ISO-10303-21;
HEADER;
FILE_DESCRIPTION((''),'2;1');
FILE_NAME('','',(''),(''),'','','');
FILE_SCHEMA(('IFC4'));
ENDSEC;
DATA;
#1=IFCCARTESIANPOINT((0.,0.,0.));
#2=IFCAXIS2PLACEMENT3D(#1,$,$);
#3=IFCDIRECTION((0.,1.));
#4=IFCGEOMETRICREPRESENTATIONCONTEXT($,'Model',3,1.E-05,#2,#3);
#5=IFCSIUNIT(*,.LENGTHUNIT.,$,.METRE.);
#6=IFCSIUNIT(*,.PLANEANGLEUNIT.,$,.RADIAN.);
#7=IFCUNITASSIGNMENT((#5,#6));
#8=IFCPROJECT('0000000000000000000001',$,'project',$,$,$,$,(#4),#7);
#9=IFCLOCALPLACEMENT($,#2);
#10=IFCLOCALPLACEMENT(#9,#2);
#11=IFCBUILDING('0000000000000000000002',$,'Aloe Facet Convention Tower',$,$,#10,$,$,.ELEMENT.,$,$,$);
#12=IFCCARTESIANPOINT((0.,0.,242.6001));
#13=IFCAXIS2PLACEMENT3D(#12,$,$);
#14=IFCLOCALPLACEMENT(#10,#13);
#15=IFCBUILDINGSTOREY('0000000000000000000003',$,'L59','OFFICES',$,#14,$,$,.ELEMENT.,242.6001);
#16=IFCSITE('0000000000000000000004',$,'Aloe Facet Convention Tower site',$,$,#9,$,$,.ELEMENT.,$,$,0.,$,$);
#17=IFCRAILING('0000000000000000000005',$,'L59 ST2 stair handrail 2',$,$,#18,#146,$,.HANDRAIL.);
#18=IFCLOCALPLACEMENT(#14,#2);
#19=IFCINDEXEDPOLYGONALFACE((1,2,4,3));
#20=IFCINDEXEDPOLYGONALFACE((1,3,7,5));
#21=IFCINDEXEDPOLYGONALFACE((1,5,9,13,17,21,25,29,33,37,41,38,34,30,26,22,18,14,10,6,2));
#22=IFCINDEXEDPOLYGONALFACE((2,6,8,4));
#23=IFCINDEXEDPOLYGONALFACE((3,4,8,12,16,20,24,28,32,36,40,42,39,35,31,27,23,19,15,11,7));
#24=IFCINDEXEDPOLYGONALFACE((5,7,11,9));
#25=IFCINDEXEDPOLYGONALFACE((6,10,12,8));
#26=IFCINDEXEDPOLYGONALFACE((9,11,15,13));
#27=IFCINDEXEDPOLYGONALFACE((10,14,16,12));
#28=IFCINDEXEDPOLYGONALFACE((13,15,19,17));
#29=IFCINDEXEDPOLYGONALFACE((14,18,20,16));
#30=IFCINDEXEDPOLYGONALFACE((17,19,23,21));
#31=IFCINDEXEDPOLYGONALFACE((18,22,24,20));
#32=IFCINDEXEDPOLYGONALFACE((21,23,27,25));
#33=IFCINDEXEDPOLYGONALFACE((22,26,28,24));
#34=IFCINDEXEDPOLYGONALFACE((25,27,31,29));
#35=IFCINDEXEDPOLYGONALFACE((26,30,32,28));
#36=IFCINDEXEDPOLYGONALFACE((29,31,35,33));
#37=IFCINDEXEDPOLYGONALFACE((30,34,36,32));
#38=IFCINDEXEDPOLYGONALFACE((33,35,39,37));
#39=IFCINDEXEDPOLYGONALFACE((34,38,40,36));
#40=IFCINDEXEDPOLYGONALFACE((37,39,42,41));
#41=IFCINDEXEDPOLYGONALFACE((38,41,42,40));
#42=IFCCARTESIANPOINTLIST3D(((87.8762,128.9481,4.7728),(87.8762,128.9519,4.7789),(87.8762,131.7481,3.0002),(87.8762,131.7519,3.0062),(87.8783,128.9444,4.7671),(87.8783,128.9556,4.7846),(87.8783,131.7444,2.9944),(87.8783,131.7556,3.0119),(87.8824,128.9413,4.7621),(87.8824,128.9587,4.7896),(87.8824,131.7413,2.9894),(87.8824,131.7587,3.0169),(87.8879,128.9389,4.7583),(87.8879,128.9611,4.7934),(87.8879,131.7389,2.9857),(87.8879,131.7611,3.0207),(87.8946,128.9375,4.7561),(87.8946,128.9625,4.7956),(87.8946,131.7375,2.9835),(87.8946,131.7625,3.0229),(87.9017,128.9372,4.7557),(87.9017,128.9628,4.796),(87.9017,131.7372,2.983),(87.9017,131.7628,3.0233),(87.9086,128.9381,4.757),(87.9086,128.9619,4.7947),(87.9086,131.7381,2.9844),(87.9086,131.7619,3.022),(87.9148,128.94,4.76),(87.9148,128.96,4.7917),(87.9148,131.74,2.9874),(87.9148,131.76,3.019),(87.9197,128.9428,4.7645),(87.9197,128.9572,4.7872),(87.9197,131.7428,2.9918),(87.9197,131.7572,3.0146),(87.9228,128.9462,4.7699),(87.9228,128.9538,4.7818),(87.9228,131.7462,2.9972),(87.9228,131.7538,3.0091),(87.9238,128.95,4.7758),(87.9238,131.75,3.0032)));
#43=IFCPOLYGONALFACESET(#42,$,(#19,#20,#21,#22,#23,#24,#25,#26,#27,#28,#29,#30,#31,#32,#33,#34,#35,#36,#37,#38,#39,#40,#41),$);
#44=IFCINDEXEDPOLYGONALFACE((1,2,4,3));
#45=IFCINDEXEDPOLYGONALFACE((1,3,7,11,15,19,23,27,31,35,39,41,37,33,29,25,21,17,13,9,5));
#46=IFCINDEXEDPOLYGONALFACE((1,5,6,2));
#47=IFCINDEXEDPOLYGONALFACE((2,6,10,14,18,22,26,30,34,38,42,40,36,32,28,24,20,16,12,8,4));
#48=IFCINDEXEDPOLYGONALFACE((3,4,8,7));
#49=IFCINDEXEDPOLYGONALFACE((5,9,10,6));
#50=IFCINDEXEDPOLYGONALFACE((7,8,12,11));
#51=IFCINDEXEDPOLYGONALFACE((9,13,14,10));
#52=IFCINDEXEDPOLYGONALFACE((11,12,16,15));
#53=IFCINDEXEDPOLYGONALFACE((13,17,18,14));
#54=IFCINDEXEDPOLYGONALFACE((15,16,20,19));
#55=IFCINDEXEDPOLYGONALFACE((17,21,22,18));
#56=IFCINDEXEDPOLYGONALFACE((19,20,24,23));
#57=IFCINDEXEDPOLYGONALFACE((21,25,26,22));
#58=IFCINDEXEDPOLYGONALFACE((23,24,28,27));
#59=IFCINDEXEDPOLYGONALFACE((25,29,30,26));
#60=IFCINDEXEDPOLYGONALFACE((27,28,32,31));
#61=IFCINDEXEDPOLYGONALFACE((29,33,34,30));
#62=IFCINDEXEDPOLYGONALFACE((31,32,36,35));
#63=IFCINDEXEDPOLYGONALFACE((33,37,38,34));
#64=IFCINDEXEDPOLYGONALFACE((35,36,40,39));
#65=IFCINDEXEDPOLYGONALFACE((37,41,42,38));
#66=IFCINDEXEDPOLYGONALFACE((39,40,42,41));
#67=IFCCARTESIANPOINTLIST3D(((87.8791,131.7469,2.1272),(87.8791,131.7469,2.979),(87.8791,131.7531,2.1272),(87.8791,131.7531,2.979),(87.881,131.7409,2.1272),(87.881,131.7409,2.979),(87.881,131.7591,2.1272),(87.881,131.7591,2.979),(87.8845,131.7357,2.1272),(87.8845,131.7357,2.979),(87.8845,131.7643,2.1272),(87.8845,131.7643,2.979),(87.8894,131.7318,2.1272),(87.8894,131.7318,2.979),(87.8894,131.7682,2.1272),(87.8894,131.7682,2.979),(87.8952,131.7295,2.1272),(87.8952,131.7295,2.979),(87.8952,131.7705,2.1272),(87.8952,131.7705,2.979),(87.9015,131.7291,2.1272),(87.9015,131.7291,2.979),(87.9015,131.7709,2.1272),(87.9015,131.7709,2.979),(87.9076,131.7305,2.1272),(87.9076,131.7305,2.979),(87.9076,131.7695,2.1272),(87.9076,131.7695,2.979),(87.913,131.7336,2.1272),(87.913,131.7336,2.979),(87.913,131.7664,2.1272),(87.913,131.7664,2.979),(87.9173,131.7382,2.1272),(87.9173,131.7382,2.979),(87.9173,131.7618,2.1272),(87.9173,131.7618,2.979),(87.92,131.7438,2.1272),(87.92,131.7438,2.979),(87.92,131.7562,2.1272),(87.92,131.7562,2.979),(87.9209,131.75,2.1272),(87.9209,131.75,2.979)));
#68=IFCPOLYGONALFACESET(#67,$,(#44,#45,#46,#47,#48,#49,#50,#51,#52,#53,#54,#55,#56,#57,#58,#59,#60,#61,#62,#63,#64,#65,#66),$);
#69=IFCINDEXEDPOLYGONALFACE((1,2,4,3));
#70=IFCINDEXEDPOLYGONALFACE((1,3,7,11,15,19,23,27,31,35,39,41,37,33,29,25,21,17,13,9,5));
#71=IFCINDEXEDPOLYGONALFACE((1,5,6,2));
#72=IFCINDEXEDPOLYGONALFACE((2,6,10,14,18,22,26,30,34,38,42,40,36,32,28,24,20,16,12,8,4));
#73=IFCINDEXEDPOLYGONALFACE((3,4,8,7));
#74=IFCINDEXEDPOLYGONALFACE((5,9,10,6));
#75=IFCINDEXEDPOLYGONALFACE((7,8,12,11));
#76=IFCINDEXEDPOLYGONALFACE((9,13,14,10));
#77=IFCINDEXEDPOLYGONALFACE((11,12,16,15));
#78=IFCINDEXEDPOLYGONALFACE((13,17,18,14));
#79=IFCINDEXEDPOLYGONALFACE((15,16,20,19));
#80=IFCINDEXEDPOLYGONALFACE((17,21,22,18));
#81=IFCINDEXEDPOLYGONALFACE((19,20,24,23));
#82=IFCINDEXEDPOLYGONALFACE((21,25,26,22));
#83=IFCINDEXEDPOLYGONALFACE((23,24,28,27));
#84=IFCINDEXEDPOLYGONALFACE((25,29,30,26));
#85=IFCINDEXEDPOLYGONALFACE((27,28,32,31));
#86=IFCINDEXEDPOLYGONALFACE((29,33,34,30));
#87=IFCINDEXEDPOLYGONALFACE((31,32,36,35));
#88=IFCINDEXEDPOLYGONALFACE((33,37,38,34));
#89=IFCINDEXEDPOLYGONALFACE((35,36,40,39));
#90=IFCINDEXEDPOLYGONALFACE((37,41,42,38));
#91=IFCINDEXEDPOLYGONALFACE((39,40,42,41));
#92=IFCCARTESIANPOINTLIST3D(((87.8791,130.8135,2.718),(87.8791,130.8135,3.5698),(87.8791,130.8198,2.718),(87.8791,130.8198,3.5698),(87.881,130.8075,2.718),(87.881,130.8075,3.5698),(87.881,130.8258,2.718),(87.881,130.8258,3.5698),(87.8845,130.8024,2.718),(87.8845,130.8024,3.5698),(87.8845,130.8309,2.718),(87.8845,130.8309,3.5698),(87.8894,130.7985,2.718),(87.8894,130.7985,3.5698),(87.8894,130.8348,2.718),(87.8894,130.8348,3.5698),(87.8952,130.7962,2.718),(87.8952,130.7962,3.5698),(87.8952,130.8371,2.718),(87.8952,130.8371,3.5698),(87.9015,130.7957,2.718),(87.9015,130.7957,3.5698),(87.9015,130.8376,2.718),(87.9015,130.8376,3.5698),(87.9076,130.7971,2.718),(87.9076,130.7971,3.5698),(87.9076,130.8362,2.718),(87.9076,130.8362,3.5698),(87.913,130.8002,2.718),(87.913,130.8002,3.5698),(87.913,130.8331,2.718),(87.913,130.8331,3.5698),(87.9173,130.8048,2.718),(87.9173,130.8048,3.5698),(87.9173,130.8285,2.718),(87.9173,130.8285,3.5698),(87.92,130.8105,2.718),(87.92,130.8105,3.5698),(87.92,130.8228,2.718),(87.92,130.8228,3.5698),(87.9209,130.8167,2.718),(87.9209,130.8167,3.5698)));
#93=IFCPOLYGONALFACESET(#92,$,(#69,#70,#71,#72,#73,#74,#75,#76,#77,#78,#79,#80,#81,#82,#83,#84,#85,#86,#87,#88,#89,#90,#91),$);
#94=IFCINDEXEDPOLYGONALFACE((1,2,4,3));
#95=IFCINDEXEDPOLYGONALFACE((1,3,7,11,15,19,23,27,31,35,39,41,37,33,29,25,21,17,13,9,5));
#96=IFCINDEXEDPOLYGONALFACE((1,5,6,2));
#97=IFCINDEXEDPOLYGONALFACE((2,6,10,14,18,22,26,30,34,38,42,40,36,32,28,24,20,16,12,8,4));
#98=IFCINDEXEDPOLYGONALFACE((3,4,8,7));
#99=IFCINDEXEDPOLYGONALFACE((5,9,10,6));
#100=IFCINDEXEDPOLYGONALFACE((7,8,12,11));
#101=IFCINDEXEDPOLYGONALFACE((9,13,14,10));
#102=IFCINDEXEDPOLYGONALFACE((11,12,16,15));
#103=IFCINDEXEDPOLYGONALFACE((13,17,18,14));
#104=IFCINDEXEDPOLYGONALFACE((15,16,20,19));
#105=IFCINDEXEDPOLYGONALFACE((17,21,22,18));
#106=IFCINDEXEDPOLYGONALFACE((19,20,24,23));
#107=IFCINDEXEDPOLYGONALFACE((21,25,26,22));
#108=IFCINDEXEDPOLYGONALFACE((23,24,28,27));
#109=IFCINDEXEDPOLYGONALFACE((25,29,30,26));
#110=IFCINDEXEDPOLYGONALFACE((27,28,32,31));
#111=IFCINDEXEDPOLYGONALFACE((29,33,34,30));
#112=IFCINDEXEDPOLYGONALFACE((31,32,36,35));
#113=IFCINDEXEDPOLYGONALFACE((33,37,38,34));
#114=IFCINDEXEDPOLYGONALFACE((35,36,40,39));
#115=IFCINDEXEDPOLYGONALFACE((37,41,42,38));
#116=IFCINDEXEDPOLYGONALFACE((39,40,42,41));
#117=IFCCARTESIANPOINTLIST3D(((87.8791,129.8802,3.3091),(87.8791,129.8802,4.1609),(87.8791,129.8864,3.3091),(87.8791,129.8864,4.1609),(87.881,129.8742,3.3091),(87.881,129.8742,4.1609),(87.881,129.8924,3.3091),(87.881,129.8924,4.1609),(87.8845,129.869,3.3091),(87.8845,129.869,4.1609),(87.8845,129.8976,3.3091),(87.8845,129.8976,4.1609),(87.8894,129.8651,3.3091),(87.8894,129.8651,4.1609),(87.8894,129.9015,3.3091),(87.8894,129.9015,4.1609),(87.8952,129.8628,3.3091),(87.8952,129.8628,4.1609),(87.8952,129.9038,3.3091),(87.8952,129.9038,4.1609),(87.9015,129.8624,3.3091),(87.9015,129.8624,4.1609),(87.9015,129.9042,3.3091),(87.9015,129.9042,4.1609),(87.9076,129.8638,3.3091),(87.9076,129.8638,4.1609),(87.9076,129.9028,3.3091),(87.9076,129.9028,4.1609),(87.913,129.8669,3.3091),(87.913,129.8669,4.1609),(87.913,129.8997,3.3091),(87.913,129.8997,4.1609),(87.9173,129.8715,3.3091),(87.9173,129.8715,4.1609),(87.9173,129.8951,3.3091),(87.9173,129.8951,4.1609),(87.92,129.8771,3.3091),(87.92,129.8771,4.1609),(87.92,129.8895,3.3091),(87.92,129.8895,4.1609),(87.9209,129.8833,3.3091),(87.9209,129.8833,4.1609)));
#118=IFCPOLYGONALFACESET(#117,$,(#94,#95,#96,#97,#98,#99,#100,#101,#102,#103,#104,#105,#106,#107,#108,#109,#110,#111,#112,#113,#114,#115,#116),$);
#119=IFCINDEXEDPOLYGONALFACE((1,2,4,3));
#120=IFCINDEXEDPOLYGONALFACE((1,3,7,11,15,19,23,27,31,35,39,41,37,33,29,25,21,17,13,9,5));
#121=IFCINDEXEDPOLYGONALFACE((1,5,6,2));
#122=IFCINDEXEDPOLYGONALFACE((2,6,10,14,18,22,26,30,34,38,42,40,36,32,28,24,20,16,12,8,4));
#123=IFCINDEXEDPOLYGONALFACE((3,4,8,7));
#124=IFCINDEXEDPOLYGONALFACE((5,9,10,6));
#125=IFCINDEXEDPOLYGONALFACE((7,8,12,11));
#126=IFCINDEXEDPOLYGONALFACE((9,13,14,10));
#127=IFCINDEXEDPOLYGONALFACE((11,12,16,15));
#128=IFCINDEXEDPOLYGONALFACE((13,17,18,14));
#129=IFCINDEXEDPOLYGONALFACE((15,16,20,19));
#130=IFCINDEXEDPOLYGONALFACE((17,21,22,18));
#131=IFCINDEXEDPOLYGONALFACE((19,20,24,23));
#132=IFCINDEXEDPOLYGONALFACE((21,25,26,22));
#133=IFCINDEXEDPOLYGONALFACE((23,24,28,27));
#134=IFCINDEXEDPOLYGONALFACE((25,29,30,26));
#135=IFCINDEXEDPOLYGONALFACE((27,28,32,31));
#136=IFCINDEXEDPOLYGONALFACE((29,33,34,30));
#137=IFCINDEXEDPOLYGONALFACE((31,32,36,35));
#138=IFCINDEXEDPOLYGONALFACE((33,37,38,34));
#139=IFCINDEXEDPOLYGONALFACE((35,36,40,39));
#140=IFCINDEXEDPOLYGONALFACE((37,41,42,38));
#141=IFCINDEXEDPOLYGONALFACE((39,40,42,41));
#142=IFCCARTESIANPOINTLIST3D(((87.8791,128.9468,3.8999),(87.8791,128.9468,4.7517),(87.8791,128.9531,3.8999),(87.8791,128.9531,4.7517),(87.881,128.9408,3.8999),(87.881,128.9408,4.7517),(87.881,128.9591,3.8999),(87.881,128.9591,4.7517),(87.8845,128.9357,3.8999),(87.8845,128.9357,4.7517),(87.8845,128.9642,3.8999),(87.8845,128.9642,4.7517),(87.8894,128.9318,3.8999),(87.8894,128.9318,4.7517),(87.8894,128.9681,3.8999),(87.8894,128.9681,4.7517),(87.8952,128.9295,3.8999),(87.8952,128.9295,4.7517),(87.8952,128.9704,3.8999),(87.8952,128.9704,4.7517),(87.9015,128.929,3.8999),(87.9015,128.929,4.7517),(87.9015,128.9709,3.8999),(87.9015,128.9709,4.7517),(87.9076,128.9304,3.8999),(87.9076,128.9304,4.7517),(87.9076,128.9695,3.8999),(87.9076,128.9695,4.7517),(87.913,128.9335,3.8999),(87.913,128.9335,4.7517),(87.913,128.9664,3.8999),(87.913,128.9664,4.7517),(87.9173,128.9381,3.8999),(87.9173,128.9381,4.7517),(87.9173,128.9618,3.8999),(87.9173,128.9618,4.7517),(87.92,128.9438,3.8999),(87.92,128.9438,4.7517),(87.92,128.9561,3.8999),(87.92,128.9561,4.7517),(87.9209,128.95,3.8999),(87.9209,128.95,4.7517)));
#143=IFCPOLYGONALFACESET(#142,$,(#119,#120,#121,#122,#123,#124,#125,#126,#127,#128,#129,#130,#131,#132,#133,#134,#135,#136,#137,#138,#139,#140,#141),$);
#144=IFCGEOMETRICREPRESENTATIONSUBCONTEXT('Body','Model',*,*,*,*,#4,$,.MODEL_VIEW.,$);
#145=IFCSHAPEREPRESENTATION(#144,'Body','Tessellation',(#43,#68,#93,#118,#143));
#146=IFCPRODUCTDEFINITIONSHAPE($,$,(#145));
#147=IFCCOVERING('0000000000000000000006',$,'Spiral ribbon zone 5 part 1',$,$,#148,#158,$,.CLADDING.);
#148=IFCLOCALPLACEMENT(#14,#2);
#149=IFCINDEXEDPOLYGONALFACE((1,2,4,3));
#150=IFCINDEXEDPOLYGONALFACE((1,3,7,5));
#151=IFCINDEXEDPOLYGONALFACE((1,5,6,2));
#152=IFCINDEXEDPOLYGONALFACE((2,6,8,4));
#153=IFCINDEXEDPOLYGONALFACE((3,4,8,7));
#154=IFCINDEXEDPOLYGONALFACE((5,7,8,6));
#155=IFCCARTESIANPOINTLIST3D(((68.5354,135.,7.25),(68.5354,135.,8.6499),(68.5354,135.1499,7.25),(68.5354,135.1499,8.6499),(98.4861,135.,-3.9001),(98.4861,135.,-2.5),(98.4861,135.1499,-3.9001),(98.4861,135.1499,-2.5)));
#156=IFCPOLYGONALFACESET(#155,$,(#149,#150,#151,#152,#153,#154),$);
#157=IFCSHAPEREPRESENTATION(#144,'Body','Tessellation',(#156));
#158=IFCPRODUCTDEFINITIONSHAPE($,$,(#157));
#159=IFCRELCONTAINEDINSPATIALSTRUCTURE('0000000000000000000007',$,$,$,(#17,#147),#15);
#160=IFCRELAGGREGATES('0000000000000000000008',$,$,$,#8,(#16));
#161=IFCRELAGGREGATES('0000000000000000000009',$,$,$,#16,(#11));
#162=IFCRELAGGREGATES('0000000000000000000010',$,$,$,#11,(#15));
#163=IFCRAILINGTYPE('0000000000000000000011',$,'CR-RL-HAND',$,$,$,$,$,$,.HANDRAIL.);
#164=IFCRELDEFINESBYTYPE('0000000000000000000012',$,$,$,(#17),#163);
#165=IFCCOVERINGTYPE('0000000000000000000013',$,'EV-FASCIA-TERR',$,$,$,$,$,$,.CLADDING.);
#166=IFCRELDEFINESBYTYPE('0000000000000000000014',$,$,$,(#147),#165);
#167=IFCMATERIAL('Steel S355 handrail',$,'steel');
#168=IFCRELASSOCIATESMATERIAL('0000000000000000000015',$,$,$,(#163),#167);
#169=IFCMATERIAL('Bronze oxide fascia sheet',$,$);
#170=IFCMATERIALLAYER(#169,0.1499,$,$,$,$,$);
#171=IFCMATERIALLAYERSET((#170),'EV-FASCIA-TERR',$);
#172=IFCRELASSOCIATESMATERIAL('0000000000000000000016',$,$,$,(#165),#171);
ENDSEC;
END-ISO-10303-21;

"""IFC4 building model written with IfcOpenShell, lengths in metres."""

from ifc_helpers import new_model, si_unit, direction, frame, origin, origin_2d, place, context, subcontext, project, spatial, polyline, circle, outline, extrude, material, layer, layer_set, type_object, element, save


model = new_model("IFC4")

# Units and contexts
model_context = context("Model", 3, precision=1e-05, world=origin(), true_north=direction((0.0, 1.0)))
body_context = subcontext(model_context, "Body", "Model", "MODEL_VIEW")
ifc_project = project(units=[si_unit("LENGTHUNIT", "METRE"), si_unit("PLANEANGLEUNIT", "RADIAN")], contexts=[model_context])

# Site, building, storey
site_placement = place(None, origin())
site = spatial("IfcSite", under=ifc_project, at=site_placement, Name="Aloe Facet Convention Tower site", CompositionType="ELEMENT", RefElevation=0.0)
building_placement = place(site_placement, origin())
building = spatial("IfcBuilding", under=site, at=building_placement, Name="Aloe Facet Convention Tower", CompositionType="ELEMENT")
storey_placement = place(building_placement, frame((0.0, 0.0, 242.6001)))
storey = spatial("IfcBuildingStorey", under=building, at=storey_placement, Name="L59", Description="OFFICES", CompositionType="ELEMENT", Elevation=242.6001)

# Railing
ifc_material_1 = material(Name="Steel S355 handrail", Category="steel")
railing_type_1 = type_object("IfcRailingType", Name="CR-RL-HAND", PredefinedType="HANDRAIL", material=ifc_material_1)
railing_1_placement = place(storey_placement, frame((87.8999, 131.75, 2.1272)))
element("IfcRailing", 1, at=railing_1_placement, inside=storey, type_object=railing_type_1, Name="L59 ST2 stair handrail 2", PredefinedType="HANDRAIL", context=body_context, shape_type="SweptSolid", body=[
    extrude(circle(Radius=0.0239, at=origin_2d()), frame((0.0, 0.0, 0.876), z_axis=(0.0, -0.844909, 0.53491), x_axis=(1.0, 0.0, 0.0)), (0.0, 0.0, 1.0), 3.314),
    extrude(circle(Radius=0.021, at=origin_2d()), origin(), (0.0, 0.0, 1.0), 0.8518),
    extrude(circle(Radius=0.021, at=origin_2d()), frame((0.0, -0.9333, 0.5908)), (0.0, 0.0, 1.0), 0.8518),
    extrude(circle(Radius=0.021, at=origin_2d()), frame((0.0, -1.8667, 1.1819)), (0.0, 0.0, 1.0), 0.8518),
    extrude(circle(Radius=0.021, at=origin_2d()), frame((0.0, -2.8, 1.7727)), (0.0, 0.0, 1.0), 0.8518),
])

# Covering
ifc_material_2 = material(Name="Bronze oxide fascia sheet")
ifc_layer_1 = layer(ifc_material_2, 0.1499)
ifc_layer_set_1 = layer_set([ifc_layer_1], Name="EV-FASCIA-TERR")
covering_type = type_object("IfcCoveringType", Name="EV-FASCIA-TERR", PredefinedType="CLADDING", material=ifc_layer_set_1)
covering_placement = place(storey_placement, frame((98.4861, 135.1499, -3.9001), z_axis=(0.0, 1.0, 0.0), x_axis=(-0.937163, 0.0, 0.348891)))
element("IfcCovering", 2, at=covering_placement, inside=storey, type_object=covering_type, Name="Spiral ribbon zone 5 part 1", PredefinedType="CLADDING", context=body_context, shape_type="SweptSolid", body=[
    extrude(outline(polyline([(0.0, 0.0), (31.9589, 0.0), (32.4473, 1.3119), (0.4885, 1.3122), (0.0, 0.0)])), origin(), (0.0, 0.0, -1.0), 0.1499),
])

save(model, "model.ifc")
